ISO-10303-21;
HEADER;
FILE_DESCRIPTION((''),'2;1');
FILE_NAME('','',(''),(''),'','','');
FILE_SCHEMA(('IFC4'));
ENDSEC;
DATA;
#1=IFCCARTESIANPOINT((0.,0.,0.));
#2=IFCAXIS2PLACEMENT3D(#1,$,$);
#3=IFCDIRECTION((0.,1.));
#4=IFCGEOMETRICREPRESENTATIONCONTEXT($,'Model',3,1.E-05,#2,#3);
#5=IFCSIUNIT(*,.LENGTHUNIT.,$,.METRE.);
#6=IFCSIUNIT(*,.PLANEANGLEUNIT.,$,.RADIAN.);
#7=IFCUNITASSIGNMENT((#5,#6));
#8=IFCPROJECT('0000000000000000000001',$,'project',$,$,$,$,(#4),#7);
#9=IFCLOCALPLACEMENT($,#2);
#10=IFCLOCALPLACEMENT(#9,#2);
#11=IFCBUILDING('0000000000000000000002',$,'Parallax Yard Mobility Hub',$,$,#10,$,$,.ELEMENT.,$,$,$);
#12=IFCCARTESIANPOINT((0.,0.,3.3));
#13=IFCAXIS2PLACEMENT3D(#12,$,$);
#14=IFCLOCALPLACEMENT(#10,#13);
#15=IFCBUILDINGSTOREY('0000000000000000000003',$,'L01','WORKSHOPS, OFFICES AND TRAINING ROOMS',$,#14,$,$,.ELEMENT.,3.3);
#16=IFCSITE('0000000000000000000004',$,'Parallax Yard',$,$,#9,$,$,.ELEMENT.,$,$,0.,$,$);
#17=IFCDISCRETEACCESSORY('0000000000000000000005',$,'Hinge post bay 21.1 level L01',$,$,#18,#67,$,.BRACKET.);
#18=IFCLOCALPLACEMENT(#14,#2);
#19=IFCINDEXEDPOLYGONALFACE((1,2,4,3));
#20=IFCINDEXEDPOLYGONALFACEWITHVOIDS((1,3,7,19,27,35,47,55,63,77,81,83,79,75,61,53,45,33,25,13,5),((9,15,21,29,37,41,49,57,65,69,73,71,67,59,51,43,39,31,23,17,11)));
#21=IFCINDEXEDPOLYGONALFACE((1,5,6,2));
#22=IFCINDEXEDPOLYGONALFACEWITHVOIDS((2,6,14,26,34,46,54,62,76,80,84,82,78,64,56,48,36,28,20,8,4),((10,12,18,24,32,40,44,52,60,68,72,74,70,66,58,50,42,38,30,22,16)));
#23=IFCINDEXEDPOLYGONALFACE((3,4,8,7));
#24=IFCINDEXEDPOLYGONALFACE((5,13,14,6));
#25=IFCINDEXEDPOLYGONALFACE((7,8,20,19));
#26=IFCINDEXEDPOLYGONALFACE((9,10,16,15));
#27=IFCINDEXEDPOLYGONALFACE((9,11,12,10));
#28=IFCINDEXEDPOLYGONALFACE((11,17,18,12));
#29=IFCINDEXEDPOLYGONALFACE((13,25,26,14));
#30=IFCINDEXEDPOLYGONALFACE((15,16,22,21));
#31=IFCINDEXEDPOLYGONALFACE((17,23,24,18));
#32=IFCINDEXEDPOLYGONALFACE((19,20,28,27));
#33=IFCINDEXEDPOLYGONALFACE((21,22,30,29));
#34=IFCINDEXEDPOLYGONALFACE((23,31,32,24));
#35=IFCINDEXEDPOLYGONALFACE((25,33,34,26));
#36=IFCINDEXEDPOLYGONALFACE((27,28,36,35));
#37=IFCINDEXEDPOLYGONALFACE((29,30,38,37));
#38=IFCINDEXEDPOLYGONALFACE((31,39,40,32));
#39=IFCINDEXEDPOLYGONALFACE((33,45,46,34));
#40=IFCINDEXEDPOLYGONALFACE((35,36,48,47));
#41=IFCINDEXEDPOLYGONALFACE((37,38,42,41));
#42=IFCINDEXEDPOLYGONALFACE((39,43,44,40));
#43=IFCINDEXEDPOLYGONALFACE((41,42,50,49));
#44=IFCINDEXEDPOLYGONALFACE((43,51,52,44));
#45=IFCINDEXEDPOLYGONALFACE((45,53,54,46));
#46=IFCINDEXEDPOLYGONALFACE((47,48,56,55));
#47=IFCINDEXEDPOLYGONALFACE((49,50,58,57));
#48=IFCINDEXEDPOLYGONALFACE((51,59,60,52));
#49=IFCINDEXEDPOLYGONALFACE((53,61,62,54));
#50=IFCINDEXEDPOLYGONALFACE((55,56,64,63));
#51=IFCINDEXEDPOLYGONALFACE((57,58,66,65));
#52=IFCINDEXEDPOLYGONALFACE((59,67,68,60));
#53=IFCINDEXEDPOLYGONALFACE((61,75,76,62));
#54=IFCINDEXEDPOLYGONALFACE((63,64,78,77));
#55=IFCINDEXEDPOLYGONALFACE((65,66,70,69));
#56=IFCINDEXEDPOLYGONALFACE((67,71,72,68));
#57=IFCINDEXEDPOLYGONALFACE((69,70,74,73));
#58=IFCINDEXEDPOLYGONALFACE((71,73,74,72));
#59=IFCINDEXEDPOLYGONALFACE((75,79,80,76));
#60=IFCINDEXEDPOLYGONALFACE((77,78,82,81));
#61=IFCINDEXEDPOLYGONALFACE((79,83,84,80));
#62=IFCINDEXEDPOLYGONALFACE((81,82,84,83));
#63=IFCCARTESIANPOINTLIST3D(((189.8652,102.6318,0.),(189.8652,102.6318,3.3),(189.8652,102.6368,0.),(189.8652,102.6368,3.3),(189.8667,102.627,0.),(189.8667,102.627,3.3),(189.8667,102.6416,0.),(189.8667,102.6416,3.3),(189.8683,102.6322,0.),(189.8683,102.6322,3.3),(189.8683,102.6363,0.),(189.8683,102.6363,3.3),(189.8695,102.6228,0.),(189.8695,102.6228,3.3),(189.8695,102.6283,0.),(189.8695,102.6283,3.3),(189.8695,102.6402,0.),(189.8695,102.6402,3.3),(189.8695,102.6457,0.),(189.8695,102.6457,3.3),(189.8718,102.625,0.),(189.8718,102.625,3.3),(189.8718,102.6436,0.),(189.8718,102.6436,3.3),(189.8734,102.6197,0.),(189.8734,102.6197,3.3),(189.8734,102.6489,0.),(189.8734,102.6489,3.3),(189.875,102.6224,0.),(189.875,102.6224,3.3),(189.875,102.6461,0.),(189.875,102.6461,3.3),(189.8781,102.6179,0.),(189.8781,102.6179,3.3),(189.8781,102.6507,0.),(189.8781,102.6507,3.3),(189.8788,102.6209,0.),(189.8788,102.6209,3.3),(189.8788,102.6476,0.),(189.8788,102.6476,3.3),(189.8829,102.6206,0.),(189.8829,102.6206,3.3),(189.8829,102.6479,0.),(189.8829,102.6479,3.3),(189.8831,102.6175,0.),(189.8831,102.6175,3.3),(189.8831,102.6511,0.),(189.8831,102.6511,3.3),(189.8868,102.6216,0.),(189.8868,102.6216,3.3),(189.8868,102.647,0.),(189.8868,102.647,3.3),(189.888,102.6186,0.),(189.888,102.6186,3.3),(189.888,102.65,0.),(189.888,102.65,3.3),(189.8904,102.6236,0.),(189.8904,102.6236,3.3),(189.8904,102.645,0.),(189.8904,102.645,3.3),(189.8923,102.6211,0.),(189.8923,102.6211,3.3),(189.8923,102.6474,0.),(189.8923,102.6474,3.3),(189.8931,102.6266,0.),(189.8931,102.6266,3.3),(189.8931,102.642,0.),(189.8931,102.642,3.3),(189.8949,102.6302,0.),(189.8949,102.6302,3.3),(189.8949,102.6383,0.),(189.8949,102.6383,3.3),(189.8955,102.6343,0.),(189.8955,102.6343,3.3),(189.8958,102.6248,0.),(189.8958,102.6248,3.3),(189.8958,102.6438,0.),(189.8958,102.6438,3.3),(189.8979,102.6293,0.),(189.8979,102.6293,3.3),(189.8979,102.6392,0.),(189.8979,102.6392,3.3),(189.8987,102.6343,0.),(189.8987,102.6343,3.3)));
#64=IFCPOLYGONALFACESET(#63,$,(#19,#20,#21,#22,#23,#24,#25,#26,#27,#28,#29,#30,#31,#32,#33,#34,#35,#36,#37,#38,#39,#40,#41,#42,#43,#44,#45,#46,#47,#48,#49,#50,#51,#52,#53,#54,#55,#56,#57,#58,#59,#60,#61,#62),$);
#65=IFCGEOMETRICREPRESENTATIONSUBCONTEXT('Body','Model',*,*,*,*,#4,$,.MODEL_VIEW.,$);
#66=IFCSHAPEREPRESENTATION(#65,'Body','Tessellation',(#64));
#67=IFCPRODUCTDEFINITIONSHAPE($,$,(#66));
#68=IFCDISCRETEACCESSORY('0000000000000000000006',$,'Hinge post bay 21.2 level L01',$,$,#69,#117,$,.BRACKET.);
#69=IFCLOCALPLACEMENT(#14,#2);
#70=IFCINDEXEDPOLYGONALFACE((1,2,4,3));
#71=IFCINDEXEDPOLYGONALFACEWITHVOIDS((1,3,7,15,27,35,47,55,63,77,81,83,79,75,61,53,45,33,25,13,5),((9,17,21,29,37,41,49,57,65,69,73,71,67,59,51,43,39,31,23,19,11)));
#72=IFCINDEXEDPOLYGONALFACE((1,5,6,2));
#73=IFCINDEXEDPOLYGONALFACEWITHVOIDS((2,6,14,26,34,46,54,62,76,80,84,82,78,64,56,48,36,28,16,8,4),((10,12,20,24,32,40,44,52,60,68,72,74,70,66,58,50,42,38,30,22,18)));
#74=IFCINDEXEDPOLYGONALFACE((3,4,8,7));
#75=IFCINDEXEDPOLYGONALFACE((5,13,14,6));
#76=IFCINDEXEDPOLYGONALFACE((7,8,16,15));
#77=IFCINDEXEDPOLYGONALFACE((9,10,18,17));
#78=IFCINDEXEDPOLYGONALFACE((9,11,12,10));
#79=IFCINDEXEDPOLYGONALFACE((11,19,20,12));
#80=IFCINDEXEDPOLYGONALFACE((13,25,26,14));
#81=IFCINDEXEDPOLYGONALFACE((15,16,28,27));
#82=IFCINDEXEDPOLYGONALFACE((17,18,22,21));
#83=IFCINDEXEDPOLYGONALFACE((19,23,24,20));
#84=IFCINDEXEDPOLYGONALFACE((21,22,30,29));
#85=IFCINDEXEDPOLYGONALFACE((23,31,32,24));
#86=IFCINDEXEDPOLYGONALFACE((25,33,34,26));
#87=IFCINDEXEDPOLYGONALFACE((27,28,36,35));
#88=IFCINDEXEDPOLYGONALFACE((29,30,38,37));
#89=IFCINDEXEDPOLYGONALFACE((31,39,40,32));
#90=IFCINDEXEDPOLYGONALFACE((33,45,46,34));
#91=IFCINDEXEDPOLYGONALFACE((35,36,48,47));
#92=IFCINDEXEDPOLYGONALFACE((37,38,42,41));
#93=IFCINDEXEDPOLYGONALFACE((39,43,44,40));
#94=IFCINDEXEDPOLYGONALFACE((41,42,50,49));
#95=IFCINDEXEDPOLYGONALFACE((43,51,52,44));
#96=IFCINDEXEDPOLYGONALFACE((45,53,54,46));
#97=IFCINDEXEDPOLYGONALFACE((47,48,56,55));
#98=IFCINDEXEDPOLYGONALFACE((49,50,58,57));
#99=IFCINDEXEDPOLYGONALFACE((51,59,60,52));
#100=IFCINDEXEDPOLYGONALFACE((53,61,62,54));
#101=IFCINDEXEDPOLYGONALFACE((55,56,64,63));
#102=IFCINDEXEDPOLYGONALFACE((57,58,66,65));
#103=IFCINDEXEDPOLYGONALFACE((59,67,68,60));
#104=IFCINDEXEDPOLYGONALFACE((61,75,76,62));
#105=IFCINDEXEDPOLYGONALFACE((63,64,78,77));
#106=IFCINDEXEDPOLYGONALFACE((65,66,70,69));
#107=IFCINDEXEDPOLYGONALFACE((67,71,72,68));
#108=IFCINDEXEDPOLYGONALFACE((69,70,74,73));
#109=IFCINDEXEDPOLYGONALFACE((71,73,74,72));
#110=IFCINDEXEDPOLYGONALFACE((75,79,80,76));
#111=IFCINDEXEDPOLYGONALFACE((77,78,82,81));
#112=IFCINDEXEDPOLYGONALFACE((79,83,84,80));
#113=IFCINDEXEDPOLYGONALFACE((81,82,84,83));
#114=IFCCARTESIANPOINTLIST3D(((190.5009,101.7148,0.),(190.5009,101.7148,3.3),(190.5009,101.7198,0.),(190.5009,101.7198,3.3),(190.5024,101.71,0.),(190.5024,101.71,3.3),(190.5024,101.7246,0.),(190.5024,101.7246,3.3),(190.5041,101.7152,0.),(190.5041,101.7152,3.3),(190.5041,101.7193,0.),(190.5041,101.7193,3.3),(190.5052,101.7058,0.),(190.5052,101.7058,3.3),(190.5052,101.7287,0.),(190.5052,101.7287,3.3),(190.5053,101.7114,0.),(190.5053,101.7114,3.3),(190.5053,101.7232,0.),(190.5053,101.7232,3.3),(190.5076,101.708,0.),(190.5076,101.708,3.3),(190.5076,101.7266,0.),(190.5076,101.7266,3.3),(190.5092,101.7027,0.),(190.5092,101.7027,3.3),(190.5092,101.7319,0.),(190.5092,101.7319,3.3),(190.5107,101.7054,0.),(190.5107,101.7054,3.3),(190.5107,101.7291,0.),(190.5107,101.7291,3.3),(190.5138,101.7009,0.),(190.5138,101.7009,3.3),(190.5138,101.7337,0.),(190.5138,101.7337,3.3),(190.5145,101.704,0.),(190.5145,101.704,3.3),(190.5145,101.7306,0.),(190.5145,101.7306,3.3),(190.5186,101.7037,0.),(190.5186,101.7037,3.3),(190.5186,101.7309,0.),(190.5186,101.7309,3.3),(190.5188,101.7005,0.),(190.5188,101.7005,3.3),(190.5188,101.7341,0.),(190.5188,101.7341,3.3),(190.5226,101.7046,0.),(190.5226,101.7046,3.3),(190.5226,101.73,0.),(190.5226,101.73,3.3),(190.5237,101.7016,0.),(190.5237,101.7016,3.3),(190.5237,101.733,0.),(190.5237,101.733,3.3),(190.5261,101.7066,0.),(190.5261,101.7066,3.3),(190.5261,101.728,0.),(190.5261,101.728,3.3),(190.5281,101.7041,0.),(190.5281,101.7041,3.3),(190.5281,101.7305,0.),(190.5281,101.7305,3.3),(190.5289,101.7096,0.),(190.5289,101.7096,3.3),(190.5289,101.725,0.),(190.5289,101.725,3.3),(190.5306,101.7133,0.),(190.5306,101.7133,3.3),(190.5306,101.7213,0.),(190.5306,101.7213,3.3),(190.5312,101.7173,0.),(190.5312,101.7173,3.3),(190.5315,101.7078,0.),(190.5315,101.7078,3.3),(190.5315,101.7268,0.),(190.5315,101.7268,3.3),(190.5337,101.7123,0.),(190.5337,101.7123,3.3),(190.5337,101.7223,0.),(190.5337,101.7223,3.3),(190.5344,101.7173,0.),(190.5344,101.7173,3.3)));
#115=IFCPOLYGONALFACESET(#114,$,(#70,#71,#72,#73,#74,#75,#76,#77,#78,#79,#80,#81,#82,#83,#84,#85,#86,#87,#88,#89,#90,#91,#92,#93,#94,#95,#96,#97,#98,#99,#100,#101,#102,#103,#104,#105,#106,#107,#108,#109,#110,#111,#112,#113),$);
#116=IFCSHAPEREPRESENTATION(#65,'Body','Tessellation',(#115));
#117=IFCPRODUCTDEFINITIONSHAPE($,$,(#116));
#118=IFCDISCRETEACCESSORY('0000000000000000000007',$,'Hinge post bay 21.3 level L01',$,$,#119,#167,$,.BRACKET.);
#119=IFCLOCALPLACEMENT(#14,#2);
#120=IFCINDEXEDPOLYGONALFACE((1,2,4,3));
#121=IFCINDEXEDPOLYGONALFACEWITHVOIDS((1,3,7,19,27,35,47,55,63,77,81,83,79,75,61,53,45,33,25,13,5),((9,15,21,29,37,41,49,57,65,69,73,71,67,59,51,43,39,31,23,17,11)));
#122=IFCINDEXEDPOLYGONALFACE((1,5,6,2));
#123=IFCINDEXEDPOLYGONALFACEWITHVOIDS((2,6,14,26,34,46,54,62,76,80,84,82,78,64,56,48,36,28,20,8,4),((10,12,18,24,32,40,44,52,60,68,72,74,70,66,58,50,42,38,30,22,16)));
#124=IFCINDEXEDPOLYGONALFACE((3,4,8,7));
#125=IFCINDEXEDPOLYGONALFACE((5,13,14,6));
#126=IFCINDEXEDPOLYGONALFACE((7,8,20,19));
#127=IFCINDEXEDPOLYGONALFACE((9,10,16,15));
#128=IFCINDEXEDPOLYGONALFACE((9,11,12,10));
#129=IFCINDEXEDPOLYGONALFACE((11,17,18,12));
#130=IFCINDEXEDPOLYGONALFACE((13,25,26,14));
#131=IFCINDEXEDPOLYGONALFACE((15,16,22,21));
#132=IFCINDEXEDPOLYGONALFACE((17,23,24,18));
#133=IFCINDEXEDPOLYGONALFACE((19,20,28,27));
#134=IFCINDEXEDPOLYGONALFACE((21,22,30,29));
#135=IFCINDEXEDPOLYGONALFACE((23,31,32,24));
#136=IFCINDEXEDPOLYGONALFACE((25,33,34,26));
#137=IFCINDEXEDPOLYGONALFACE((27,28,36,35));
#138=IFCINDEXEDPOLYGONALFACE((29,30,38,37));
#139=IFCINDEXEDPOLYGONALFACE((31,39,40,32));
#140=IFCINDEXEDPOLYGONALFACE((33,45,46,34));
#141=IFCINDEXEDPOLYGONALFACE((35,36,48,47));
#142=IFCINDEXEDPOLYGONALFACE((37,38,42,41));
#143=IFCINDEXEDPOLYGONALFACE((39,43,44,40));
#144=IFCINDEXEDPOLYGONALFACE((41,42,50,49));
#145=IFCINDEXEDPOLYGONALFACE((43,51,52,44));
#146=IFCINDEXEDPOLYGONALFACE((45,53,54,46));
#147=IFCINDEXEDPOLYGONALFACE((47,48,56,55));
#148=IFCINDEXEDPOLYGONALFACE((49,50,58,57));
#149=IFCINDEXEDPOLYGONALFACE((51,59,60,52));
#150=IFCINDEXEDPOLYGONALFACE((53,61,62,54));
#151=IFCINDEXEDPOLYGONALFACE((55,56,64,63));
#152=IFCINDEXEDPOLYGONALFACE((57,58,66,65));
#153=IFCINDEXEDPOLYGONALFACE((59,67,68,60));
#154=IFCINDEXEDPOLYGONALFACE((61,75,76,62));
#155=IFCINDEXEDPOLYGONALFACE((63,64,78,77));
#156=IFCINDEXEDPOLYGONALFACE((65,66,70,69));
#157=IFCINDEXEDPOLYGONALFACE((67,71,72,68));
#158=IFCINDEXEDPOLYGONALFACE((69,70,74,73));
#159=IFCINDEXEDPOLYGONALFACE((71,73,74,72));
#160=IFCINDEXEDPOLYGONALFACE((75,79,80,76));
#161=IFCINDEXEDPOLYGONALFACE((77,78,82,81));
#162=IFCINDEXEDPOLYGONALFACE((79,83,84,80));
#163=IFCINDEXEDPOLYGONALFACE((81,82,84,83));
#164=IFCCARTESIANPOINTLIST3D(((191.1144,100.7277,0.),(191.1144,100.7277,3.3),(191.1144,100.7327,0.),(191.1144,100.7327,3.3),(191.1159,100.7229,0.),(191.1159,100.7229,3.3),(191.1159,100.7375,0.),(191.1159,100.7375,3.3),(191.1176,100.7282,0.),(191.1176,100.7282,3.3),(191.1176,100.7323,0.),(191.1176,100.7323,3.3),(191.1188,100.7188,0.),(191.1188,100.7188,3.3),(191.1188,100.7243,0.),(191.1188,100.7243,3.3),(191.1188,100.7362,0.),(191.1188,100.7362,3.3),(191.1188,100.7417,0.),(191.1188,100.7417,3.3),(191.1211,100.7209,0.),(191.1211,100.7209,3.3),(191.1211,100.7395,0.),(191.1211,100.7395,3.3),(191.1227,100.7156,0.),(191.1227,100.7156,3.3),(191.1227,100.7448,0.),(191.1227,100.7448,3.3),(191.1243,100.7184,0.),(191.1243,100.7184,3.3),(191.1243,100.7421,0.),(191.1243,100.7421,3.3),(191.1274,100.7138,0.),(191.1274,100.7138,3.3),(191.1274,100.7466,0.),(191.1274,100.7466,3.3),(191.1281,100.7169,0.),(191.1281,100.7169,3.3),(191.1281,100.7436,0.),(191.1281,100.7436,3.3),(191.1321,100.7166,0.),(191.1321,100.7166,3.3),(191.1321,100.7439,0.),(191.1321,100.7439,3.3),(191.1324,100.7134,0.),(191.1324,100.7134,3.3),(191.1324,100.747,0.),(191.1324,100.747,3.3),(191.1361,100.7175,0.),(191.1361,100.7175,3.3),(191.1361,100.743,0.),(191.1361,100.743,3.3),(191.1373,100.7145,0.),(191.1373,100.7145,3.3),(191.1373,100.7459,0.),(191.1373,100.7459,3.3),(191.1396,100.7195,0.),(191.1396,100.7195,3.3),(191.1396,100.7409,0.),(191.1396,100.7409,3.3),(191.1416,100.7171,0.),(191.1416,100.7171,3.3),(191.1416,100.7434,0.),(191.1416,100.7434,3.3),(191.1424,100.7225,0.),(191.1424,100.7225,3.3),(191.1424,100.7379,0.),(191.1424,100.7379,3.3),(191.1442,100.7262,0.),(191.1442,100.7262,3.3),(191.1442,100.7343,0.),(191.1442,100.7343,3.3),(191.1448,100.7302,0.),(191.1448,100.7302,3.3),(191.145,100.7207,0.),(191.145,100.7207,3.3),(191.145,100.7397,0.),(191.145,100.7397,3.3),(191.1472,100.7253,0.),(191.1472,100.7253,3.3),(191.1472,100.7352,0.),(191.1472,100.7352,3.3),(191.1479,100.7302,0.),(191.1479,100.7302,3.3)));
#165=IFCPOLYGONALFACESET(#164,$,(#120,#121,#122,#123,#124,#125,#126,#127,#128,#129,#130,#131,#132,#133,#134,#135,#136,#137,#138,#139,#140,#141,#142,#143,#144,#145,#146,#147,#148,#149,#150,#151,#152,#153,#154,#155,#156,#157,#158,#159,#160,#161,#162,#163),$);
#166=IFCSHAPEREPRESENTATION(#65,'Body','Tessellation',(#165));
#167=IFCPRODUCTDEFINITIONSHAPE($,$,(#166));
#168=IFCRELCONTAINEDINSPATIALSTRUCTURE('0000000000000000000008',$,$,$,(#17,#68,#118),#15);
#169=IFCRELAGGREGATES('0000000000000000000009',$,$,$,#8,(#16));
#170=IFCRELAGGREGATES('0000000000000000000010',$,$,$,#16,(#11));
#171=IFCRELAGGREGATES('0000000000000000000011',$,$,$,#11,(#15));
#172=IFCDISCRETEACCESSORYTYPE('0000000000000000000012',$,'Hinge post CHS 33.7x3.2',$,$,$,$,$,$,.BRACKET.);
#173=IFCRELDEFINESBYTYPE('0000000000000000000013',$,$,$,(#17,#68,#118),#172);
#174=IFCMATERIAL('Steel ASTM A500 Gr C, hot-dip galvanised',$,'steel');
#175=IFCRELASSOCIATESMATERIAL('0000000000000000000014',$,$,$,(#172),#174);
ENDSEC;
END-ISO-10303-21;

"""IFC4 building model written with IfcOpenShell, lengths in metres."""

from ifc_helpers import new_model, si_unit, direction, frame, origin, origin_2d, place, context, subcontext, project, spatial, hollow_circle, extrude, material, material_profile, profile_set, type_object, element, save


model = new_model("IFC4")

# Units and contexts
model_context = context("Model", 3, precision=1e-05, world=origin(), true_north=direction((0.0, 1.0)))
body_context = subcontext(model_context, "Body", "Model", "MODEL_VIEW")
ifc_project = project(units=[si_unit("LENGTHUNIT", "METRE"), si_unit("PLANEANGLEUNIT", "RADIAN")], contexts=[model_context])

# Site, building, storey
site_placement = place(None, origin())
site = spatial("IfcSite", under=ifc_project, at=site_placement, Name="Parallax Yard", CompositionType="ELEMENT", RefElevation=0.0)
building_placement = place(site_placement, origin())
building = spatial("IfcBuilding", under=site, at=building_placement, Name="Parallax Yard Mobility Hub", CompositionType="ELEMENT")
storey_placement = place(building_placement, frame((0.0, 0.0, 3.3)))
storey = spatial("IfcBuildingStorey", under=building, at=storey_placement, Name="L01", Description="WORKSHOPS, OFFICES AND TRAINING ROOMS", CompositionType="ELEMENT", Elevation=3.3)

# Discrete accessories
ifc_material_1 = material(Name="Steel ASTM A500 Gr C, hot-dip galvanised", Category="steel")
ifc_material_profile_1 = material_profile(ifc_material_1, hollow_circle(Radius=0.0168, WallThickness=0.0032, at=origin_2d()), Name="CHS 33.7x3.2")
ifc_profile_set_1 = profile_set([ifc_material_profile_1], Name="Steel ASTM A500 Gr C, hot-dip galvanised")
discrete_accessory_type_1 = type_object("IfcDiscreteAccessoryType", Name="Hinge post CHS 33.7x3.2", PredefinedType="BRACKET", material=ifc_profile_set_1)
for number, where, z_axis, x_axis, name in (
    (1, (189.8818, 102.6343, 0.0), (0.0, 0.0, 1.0), (1.0, 0.0, 0.0), "Hinge post bay 21.1 level L01"),
    (2, (190.5176, 101.7173, 0.0), (0.0, 0.0, 1.0), (1.0, 0.0, 0.0), "Hinge post bay 21.2 level L01"),
    (3, (191.1311, 100.7302, 0.0), (0.0, 0.0, 1.0), (1.0, 0.0, 0.0), "Hinge post bay 21.3 level L01"),
):
    element("IfcDiscreteAccessory", number, at=place(storey_placement, frame(where, z_axis=z_axis, x_axis=x_axis)), inside=storey, type_object=discrete_accessory_type_1, Name=name, PredefinedType="BRACKET", context=body_context, shape_type="SweptSolid", body=[
        extrude(hollow_circle(Radius=0.0168, WallThickness=0.0032, at=origin_2d()), origin(), (0.0, 0.0, 1.0), 3.3),
    ])

save(model, "model.ifc")
